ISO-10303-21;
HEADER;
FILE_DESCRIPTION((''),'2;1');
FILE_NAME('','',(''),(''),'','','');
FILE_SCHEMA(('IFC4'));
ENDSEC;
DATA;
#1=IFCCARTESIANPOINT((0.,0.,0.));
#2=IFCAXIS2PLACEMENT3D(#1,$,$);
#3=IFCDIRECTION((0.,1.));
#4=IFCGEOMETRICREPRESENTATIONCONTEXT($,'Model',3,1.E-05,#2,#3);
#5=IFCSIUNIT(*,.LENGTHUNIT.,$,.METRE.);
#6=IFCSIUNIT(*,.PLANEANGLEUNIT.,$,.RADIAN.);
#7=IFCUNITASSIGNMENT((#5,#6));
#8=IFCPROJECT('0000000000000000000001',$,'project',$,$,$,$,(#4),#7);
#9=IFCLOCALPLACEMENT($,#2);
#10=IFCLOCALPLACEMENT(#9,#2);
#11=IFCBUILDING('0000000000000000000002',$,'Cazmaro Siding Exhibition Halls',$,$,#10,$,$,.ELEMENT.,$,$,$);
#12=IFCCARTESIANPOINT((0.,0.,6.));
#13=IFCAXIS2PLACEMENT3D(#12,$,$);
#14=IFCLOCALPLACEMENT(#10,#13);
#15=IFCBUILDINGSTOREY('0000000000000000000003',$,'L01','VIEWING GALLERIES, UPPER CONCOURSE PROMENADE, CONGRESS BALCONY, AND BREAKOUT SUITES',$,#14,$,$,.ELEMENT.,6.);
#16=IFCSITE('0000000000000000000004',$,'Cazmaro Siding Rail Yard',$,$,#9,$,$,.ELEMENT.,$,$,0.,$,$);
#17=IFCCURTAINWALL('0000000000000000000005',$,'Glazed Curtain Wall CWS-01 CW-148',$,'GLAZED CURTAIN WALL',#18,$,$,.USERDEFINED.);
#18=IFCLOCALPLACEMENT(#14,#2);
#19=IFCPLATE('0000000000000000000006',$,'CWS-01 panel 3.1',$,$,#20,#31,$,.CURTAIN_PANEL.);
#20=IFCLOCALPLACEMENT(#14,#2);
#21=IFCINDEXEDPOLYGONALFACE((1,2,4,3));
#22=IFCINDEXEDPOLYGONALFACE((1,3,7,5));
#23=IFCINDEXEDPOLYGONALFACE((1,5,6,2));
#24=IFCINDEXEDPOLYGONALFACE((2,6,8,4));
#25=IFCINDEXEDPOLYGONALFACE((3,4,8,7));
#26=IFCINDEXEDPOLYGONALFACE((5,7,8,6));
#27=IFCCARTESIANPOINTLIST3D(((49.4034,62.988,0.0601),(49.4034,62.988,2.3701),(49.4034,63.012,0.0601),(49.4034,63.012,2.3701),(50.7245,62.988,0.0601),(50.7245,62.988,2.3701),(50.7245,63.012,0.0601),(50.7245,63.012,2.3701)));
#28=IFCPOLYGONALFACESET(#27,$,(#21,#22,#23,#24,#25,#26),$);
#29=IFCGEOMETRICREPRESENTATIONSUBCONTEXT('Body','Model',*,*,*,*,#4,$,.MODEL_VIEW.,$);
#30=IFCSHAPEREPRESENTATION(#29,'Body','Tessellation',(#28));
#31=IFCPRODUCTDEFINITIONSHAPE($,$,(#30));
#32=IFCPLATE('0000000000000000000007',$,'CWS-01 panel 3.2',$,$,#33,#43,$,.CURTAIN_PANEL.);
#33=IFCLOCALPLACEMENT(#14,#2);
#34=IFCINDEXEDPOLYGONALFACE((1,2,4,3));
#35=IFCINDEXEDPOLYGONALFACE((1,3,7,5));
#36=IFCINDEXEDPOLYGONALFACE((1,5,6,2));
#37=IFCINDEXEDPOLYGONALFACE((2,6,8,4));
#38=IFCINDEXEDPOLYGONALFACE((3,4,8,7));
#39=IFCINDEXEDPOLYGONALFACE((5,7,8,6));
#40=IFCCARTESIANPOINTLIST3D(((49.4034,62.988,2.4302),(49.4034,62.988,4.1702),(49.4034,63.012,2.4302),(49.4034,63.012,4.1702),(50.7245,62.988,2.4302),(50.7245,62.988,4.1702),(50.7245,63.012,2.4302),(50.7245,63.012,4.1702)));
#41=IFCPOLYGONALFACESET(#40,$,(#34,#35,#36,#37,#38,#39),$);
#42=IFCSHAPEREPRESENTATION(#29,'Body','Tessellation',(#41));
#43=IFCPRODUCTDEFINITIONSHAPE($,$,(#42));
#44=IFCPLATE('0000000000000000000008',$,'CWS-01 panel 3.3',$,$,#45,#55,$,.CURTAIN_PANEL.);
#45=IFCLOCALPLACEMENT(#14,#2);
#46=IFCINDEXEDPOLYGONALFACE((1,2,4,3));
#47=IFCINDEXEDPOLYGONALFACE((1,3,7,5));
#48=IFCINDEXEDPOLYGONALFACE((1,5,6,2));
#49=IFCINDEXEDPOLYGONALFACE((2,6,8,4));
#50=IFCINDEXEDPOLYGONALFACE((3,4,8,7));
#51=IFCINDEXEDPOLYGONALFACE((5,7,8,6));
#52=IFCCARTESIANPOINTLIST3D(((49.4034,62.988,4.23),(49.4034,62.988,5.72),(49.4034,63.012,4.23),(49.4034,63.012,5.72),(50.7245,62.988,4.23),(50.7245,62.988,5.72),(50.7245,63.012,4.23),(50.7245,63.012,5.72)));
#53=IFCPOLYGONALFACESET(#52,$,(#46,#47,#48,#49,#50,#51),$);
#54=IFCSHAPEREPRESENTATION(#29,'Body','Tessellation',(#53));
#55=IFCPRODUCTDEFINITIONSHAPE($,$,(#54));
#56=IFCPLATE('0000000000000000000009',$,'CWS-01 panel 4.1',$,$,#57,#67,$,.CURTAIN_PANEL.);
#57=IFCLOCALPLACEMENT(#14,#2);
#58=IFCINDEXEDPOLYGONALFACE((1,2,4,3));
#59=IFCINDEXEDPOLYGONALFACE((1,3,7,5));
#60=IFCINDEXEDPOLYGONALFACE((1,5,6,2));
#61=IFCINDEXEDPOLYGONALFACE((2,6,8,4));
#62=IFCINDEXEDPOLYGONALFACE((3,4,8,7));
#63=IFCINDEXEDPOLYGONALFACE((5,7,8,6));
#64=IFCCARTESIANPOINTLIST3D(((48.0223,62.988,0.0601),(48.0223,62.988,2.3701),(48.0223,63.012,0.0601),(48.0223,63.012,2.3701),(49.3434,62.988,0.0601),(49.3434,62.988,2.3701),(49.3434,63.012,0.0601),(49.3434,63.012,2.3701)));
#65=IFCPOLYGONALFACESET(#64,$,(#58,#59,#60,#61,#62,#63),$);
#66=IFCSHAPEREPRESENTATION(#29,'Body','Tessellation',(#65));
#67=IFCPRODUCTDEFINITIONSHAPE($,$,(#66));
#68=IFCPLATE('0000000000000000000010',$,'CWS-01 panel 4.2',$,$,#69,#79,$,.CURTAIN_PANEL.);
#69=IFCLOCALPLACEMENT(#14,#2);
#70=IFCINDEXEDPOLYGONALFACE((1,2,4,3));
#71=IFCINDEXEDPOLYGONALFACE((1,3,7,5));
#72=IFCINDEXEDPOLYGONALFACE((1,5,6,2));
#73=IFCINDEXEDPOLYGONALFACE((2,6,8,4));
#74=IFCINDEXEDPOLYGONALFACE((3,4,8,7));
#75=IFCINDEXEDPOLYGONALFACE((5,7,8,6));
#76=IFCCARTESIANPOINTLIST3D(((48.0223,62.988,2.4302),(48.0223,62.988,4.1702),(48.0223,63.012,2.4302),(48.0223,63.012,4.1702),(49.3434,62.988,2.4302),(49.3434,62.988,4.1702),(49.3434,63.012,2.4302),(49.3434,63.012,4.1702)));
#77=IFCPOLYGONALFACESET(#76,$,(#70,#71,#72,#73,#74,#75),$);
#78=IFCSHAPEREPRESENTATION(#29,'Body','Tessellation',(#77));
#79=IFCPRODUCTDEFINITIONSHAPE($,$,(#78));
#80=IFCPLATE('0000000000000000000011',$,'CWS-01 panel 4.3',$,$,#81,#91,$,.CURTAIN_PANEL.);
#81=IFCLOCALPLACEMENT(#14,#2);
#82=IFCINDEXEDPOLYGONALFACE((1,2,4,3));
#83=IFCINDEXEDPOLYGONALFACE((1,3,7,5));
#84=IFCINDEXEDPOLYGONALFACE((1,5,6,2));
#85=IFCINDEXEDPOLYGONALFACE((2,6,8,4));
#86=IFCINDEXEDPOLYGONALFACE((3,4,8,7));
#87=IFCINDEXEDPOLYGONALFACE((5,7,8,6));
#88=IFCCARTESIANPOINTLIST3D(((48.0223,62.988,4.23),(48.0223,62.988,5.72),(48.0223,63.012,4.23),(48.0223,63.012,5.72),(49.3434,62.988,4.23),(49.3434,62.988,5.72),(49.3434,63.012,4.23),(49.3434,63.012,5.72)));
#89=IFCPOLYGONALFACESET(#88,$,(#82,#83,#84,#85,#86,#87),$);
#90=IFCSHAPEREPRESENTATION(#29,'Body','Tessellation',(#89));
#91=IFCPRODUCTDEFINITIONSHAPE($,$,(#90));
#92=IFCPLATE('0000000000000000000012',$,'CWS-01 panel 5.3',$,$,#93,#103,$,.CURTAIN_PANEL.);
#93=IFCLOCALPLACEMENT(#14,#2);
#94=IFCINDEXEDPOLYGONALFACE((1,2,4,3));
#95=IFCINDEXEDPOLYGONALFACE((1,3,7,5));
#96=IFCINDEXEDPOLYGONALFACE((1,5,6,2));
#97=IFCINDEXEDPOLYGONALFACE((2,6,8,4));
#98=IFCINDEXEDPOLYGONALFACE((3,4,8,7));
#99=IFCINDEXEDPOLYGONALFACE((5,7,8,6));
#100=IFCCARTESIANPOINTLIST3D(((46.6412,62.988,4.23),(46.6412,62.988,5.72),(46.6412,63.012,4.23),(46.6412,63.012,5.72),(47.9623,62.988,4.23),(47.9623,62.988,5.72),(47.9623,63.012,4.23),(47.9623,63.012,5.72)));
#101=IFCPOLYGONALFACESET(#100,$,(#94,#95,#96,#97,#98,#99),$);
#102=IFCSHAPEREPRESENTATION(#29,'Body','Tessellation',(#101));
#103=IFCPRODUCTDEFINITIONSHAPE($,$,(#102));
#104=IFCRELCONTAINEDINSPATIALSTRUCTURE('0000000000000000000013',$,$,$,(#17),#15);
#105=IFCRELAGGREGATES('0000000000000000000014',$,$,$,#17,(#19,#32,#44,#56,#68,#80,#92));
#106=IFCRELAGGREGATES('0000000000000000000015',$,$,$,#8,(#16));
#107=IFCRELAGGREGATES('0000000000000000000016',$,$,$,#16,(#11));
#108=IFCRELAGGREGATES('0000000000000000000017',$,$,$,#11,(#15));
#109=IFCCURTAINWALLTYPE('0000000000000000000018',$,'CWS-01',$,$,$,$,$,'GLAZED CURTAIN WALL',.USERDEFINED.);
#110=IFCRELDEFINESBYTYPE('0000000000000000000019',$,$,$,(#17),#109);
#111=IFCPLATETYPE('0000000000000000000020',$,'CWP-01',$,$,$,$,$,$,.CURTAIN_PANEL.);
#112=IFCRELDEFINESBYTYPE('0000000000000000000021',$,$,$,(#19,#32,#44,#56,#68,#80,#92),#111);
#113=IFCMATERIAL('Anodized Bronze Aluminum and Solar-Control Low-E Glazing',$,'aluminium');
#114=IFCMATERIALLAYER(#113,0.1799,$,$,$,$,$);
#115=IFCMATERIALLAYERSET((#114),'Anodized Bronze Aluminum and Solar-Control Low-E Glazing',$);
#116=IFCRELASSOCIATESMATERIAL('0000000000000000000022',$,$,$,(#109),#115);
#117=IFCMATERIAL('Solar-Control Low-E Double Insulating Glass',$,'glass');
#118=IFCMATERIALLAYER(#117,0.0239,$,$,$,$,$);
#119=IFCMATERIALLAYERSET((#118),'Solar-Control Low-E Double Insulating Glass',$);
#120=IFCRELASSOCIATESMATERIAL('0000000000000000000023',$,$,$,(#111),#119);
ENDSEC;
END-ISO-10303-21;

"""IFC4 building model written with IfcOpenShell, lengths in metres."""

from ifc_helpers import new_model, si_unit, direction, frame, origin, origin_2d, place, context, subcontext, project, spatial, rectangle, extrude, material, layer, layer_set, type_object, element, aggregate, save


model = new_model("IFC4")

# Units and contexts
model_context = context("Model", 3, precision=1e-05, world=origin(), true_north=direction((0.0, 1.0)))
body_context = subcontext(model_context, "Body", "Model", "MODEL_VIEW")
ifc_project = project(units=[si_unit("LENGTHUNIT", "METRE"), si_unit("PLANEANGLEUNIT", "RADIAN")], contexts=[model_context])

# Site, building, storey
site_placement = place(None, origin())
site = spatial("IfcSite", under=ifc_project, at=site_placement, Name="Cazmaro Siding Rail Yard", CompositionType="ELEMENT", RefElevation=0.0)
building_placement = place(site_placement, origin())
building = spatial("IfcBuilding", under=site, at=building_placement, Name="Cazmaro Siding Exhibition Halls", CompositionType="ELEMENT")
storey_placement = place(building_placement, frame((0.0, 0.0, 6.0)))
storey = spatial("IfcBuildingStorey", under=building, at=storey_placement, Name="L01", Description="VIEWING GALLERIES, UPPER CONCOURSE PROMENADE, CONGRESS BALCONY, AND BREAKOUT SUITES", CompositionType="ELEMENT", Elevation=6.0)

# Curtain wall, plates
ifc_material_1 = material(Name="Anodized Bronze Aluminum and Solar-Control Low-E Glazing", Category="aluminium")
ifc_layer_1 = layer(ifc_material_1, 0.1799)
ifc_layer_set_1 = layer_set([ifc_layer_1], Name="Anodized Bronze Aluminum and Solar-Control Low-E Glazing")
curtain_wall_type = type_object("IfcCurtainWallType", Name="CWS-01", ElementType="GLAZED CURTAIN WALL", PredefinedType="USERDEFINED", material=ifc_layer_set_1)
curtain_wall_placement = place(storey_placement, origin())
curtain_wall = element("IfcCurtainWall", 1, at=curtain_wall_placement, inside=storey, type_object=curtain_wall_type, Name="Glazed Curtain Wall CWS-01 CW-148", ObjectType="GLAZED CURTAIN WALL", PredefinedType="USERDEFINED")
ifc_material_2 = material(Name="Solar-Control Low-E Double Insulating Glass", Category="glass")
ifc_layer_2 = layer(ifc_material_2, 0.0239)
ifc_layer_set_2 = layer_set([ifc_layer_2], Name="Solar-Control Low-E Double Insulating Glass")
plate_type = type_object("IfcPlateType", Name="CWP-01", PredefinedType="CURTAIN_PANEL", material=ifc_layer_set_2)
plate_1_placement = place(storey_placement, frame((50.064, 63.0, 0.0601), z_axis=(0.0, 0.0, 1.0), x_axis=(-1.0, 0.0, 0.0)))
plate_1 = element("IfcPlate", 2, at=plate_1_placement, type_object=plate_type, Name="CWS-01 panel 3.1", PredefinedType="CURTAIN_PANEL", context=body_context, shape_type="SweptSolid", body=[
    extrude(rectangle(XDim=1.321, YDim=0.0239, at=origin_2d()), origin(), (0.0, 0.0, 1.0), 2.3101),
])
plate_2_placement = place(storey_placement, frame((50.064, 63.0, 2.4302), z_axis=(0.0, 0.0, 1.0), x_axis=(-1.0, 0.0, 0.0)))
plate_2 = element("IfcPlate", 3, at=plate_2_placement, type_object=plate_type, Name="CWS-01 panel 3.2", PredefinedType="CURTAIN_PANEL", context=body_context, shape_type="SweptSolid", body=[
    extrude(rectangle(XDim=1.321, YDim=0.0239, at=origin_2d()), origin(), (0.0, 0.0, 1.0), 1.74),
])
plate_3_placement = place(storey_placement, frame((50.064, 63.0, 4.23), z_axis=(0.0, 0.0, 1.0), x_axis=(-1.0, 0.0, 0.0)))
plate_3 = element("IfcPlate", 4, at=plate_3_placement, type_object=plate_type, Name="CWS-01 panel 3.3", PredefinedType="CURTAIN_PANEL", context=body_context, shape_type="SweptSolid", body=[
    extrude(rectangle(XDim=1.321, YDim=0.0239, at=origin_2d()), origin(), (0.0, 0.0, 1.0), 1.49),
])
plate_4_placement = place(storey_placement, frame((48.6829, 63.0, 0.0601), z_axis=(0.0, 0.0, 1.0), x_axis=(-1.0, 0.0, 0.0)))
plate_4 = element("IfcPlate", 5, at=plate_4_placement, type_object=plate_type, Name="CWS-01 panel 4.1", PredefinedType="CURTAIN_PANEL", context=body_context, shape_type="SweptSolid", body=[
    extrude(rectangle(XDim=1.321, YDim=0.0239, at=origin_2d()), origin(), (0.0, 0.0, 1.0), 2.3101),
])
plate_5_placement = place(storey_placement, frame((48.6829, 63.0, 2.4302), z_axis=(0.0, 0.0, 1.0), x_axis=(-1.0, 0.0, 0.0)))
plate_5 = element("IfcPlate", 6, at=plate_5_placement, type_object=plate_type, Name="CWS-01 panel 4.2", PredefinedType="CURTAIN_PANEL", context=body_context, shape_type="SweptSolid", body=[
    extrude(rectangle(XDim=1.321, YDim=0.0239, at=origin_2d()), origin(), (0.0, 0.0, 1.0), 1.74),
])
plate_6_placement = place(storey_placement, frame((48.6829, 63.0, 4.23), z_axis=(0.0, 0.0, 1.0), x_axis=(-1.0, 0.0, 0.0)))
plate_6 = element("IfcPlate", 7, at=plate_6_placement, type_object=plate_type, Name="CWS-01 panel 4.3", PredefinedType="CURTAIN_PANEL", context=body_context, shape_type="SweptSolid", body=[
    extrude(rectangle(XDim=1.321, YDim=0.0239, at=origin_2d()), origin(), (0.0, 0.0, 1.0), 1.49),
])
plate_7_placement = place(storey_placement, frame((47.3018, 63.0, 4.23), z_axis=(0.0, 0.0, 1.0), x_axis=(-1.0, 0.0, 0.0)))
plate_7 = element("IfcPlate", 8, at=plate_7_placement, type_object=plate_type, Name="CWS-01 panel 5.3", PredefinedType="CURTAIN_PANEL", context=body_context, shape_type="SweptSolid", body=[
    extrude(rectangle(XDim=1.321, YDim=0.0239, at=origin_2d()), origin(), (0.0, 0.0, 1.0), 1.49),
])
aggregate(curtain_wall, [plate_1, plate_2, plate_3, plate_4, plate_5, plate_6, plate_7])

save(model, "model.ifc")
